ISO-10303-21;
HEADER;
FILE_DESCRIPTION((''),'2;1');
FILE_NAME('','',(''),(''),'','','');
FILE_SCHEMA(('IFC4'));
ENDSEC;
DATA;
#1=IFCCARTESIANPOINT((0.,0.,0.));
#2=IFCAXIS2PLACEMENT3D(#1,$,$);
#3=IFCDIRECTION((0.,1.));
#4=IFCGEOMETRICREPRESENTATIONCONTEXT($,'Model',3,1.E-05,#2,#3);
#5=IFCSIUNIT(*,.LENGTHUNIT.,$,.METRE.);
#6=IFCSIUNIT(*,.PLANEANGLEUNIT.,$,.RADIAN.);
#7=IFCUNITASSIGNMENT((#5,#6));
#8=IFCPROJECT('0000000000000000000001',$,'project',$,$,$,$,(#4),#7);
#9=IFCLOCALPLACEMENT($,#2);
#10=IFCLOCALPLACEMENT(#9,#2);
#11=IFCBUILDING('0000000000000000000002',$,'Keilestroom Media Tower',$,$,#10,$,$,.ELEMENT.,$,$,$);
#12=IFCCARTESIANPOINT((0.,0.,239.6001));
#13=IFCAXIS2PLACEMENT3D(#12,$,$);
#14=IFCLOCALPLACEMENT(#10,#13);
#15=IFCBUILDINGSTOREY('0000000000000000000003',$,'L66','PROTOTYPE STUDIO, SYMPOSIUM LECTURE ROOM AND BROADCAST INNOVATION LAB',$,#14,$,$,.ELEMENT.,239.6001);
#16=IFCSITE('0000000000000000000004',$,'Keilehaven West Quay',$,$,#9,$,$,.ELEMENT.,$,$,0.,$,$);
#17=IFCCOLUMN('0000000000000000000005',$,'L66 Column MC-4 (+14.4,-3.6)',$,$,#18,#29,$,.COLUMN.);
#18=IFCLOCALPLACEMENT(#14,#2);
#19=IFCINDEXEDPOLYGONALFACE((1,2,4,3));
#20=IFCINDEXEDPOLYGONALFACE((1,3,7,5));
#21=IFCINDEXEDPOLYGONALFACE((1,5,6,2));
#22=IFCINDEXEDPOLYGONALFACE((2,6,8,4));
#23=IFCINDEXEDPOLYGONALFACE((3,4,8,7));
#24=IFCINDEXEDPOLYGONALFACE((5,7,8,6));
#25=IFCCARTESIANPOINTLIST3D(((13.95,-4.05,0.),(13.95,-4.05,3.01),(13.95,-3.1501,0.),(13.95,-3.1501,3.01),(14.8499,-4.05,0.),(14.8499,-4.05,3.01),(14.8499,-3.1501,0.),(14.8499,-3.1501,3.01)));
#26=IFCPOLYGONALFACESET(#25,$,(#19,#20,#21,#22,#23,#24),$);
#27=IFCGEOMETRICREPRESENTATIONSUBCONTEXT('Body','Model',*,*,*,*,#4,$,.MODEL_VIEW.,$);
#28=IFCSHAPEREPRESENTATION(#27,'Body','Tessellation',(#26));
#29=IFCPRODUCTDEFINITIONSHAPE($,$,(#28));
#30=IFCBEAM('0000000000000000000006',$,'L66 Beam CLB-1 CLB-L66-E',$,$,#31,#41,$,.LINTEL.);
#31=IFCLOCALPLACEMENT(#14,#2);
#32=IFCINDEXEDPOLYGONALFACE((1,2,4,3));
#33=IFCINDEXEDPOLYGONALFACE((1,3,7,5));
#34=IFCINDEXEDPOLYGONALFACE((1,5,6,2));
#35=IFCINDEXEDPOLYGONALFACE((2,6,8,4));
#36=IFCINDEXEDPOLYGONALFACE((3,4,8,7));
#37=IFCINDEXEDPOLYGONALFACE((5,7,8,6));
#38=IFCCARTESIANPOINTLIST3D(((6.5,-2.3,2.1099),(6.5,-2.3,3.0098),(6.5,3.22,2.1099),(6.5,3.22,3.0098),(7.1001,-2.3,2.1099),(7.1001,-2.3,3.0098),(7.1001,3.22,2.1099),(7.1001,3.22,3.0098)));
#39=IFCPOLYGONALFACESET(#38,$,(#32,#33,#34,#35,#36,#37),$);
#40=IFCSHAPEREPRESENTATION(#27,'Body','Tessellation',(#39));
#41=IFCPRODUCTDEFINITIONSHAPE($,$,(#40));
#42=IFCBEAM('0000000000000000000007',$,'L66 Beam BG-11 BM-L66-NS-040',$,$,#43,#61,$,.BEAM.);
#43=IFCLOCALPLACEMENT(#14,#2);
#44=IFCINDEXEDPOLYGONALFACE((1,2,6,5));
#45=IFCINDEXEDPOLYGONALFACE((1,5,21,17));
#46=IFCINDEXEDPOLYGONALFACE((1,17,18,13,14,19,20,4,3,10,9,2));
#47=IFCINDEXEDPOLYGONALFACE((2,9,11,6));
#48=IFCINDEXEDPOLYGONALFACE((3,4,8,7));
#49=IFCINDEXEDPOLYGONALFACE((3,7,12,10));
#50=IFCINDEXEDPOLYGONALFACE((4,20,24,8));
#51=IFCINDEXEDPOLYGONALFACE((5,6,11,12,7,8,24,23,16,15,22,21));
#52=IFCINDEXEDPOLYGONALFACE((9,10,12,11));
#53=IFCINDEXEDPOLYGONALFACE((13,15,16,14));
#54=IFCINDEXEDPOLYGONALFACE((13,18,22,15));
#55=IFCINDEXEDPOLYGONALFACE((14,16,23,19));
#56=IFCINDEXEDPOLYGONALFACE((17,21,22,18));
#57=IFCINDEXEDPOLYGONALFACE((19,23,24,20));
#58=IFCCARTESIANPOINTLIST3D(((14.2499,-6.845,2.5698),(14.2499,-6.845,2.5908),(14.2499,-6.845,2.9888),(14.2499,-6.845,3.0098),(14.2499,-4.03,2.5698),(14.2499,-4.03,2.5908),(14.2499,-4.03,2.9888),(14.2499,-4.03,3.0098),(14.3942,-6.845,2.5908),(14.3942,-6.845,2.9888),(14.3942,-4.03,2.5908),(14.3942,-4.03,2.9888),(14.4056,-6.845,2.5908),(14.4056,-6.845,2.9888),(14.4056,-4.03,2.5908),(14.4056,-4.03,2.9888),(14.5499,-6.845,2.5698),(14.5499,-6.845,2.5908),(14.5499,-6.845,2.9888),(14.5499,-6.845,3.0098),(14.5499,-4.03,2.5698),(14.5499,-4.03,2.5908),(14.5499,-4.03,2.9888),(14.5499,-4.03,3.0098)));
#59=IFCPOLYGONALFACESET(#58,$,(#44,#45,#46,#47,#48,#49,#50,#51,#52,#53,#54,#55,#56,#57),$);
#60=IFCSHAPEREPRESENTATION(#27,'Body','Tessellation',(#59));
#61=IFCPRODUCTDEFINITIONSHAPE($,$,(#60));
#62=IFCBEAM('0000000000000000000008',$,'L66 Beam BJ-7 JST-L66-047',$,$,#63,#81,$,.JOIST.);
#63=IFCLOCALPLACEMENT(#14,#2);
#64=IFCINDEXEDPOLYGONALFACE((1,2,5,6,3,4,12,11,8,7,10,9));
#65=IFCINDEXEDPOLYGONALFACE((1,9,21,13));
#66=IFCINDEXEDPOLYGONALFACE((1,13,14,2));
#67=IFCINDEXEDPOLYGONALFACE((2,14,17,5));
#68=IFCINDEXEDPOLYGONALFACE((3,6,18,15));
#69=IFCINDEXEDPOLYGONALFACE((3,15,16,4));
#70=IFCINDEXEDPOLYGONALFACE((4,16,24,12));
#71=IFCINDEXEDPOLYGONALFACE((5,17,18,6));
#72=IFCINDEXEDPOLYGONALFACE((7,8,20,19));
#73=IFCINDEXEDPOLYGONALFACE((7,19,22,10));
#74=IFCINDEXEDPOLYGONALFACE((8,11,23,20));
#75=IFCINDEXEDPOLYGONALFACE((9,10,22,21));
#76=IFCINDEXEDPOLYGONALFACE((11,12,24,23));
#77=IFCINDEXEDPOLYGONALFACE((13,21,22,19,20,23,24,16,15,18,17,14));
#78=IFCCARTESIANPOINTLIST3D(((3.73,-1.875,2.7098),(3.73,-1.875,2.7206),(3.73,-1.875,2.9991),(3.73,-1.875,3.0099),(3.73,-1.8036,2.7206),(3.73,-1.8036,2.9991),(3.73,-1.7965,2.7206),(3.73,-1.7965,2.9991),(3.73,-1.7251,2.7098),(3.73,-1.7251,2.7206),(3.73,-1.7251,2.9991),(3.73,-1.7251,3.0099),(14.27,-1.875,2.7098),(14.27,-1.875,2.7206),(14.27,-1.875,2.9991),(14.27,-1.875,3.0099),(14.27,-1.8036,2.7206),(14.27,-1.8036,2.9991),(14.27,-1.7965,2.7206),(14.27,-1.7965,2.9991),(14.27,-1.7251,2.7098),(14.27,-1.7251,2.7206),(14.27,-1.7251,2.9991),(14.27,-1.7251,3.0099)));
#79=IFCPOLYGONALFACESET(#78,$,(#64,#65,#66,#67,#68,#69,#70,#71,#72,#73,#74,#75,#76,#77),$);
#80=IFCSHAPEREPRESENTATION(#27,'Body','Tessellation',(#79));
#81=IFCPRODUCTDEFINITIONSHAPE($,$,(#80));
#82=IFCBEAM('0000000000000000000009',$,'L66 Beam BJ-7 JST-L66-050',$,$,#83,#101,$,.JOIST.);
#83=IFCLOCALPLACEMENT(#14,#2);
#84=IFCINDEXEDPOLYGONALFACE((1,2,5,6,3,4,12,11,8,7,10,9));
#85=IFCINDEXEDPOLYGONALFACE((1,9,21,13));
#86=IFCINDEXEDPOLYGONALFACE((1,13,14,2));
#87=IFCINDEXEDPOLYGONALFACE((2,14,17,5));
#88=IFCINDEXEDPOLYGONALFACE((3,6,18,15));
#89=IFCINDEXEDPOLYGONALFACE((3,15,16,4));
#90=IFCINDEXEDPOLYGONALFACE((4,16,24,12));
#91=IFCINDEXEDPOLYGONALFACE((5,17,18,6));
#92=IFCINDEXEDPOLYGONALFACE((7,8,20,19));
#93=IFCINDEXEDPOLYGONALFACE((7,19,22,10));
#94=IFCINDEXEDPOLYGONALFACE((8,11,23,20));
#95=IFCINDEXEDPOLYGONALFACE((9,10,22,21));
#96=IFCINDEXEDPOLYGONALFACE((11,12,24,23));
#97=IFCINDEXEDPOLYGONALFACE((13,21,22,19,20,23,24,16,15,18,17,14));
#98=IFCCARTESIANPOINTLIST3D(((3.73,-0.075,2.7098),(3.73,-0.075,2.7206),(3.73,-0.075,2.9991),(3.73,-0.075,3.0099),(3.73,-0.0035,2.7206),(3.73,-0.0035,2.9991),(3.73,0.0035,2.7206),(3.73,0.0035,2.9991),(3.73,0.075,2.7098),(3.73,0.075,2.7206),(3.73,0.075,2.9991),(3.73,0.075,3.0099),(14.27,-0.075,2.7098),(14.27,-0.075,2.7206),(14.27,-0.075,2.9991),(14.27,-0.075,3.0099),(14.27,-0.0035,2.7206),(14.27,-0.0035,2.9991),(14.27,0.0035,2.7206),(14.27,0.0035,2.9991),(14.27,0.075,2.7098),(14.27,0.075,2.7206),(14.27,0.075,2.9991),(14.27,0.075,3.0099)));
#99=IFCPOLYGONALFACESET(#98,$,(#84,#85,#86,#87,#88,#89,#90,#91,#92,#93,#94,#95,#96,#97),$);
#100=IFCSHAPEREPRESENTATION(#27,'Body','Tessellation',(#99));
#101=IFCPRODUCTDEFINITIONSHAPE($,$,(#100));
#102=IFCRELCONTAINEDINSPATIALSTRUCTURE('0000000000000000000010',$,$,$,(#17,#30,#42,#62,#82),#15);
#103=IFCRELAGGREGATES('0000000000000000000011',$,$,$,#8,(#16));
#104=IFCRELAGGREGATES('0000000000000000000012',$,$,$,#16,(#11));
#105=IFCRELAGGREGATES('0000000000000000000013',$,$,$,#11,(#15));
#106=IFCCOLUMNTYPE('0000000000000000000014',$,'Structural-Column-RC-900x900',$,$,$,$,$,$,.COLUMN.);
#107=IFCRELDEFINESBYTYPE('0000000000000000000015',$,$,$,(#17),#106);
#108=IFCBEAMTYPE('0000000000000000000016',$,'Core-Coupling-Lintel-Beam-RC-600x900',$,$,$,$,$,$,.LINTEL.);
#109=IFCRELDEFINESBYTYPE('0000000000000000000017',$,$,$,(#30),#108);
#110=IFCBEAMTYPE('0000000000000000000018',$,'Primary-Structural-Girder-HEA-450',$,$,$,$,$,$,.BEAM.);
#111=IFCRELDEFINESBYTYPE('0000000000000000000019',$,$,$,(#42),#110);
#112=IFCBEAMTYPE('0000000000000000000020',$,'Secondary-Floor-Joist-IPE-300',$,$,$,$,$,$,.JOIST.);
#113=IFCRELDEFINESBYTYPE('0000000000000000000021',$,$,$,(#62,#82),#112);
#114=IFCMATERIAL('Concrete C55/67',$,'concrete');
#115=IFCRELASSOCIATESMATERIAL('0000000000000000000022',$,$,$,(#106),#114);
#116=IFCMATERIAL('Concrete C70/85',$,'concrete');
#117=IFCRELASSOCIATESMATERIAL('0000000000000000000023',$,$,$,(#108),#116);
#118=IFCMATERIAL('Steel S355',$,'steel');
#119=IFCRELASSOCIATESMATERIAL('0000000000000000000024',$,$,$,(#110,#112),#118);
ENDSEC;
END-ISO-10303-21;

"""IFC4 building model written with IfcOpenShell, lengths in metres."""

from ifc_helpers import new_model, si_unit, direction, frame, origin, origin_2d, place, context, subcontext, project, spatial, rectangle, i_section, extrude, source, transform, mapped, material, material_profile, profile_set, type_object, element, save


model = new_model("IFC4")

# Units and contexts
model_context = context("Model", 3, precision=1e-05, world=origin(), true_north=direction((0.0, 1.0)))
body_context = subcontext(model_context, "Body", "Model", "MODEL_VIEW")
ifc_project = project(units=[si_unit("LENGTHUNIT", "METRE"), si_unit("PLANEANGLEUNIT", "RADIAN")], contexts=[model_context])

# Site, building, storey
site_placement = place(None, origin())
site = spatial("IfcSite", under=ifc_project, at=site_placement, Name="Keilehaven West Quay", CompositionType="ELEMENT", RefElevation=0.0)
building_placement = place(site_placement, origin())
building = spatial("IfcBuilding", under=site, at=building_placement, Name="Keilestroom Media Tower", CompositionType="ELEMENT")
storey_placement = place(building_placement, frame((0.0, 0.0, 239.6001)))
storey = spatial("IfcBuildingStorey", under=building, at=storey_placement, Name="L66", Description="PROTOTYPE STUDIO, SYMPOSIUM LECTURE ROOM AND BROADCAST INNOVATION LAB", CompositionType="ELEMENT", Elevation=239.6001)

# Column
ifc_material_1 = material(Name="Concrete C55/67", Category="concrete")
ifc_material_profile_1 = material_profile(ifc_material_1, rectangle(XDim=0.8999, YDim=0.8999, at=origin_2d()), Name="RC 900x900")
ifc_profile_set_1 = profile_set([ifc_material_profile_1], Name="Concrete C55/67")
column_type = type_object("IfcColumnType", Name="Structural-Column-RC-900x900", PredefinedType="COLUMN", material=ifc_profile_set_1)
shared_shape_1 = source(origin(), body_context, "Body", "SweptSolid", [
    extrude(rectangle(XDim=0.8999, YDim=0.8999, at=origin_2d()), origin(), (0.0, 0.0, 1.0), 3.01),
])
column_placement = place(storey_placement, frame((14.3999, -3.6001, 0.0), z_axis=(0.0, 0.0, 1.0), x_axis=(1.0, 0.0, 0.0)))
element("IfcColumn", 1, at=column_placement, inside=storey, type_object=column_type, Name="L66 Column MC-4 (+14.4,-3.6)", PredefinedType="COLUMN", context=body_context, shape_type="MappedRepresentation", body=[
    mapped(shared_shape_1, transform((0.0, 0.0, 0.0), x_axis=(1.0, 0.0, 0.0), y_axis=(0.0, 1.0, 0.0), z_axis=(0.0, 0.0, 1.0), scale=1.0)),
])

# Beams
ifc_material_2 = material(Name="Concrete C70/85", Category="concrete")
ifc_material_profile_2 = material_profile(ifc_material_2, rectangle(XDim=0.6001, YDim=0.8999, at=origin_2d()), Name="RC 600x900")
ifc_profile_set_2 = profile_set([ifc_material_profile_2], Name="Concrete C70/85")
beam_type_1 = type_object("IfcBeamType", Name="Core-Coupling-Lintel-Beam-RC-600x900", PredefinedType="LINTEL", material=ifc_profile_set_2)
shared_shape_2 = source(origin(), body_context, "Body", "SweptSolid", [
    extrude(rectangle(XDim=0.6001, YDim=0.8999, at=origin_2d()), origin(), (0.0, 0.0, 1.0), 5.52),
])
beam_1_placement = place(storey_placement, frame((6.8, -2.3, 2.5598), z_axis=(0.0, 1.0, 0.0), x_axis=(-1.0, 0.0, 0.0)))
element("IfcBeam", 2, at=beam_1_placement, inside=storey, type_object=beam_type_1, Name="L66 Beam CLB-1 CLB-L66-E", PredefinedType="LINTEL", context=body_context, shape_type="MappedRepresentation", body=[
    mapped(shared_shape_2, transform((0.0, 0.0, 0.0), x_axis=(1.0, 0.0, 0.0), y_axis=(0.0, 1.0, 0.0), z_axis=(0.0, 0.0, 1.0), scale=1.0)),
])
ifc_material_3 = material(Name="Steel S355", Category="steel")
ifc_material_profile_3 = material_profile(ifc_material_3, i_section(OverallWidth=0.3, OverallDepth=0.4399, WebThickness=0.0115, FlangeThickness=0.021, at=origin_2d()), Name="HEA 450")
ifc_profile_set_3 = profile_set([ifc_material_profile_3], Name="Steel S355")
beam_type_2 = type_object("IfcBeamType", Name="Primary-Structural-Girder-HEA-450", PredefinedType="BEAM", material=ifc_profile_set_3)
shared_shape_3 = source(origin(), body_context, "Body", "SweptSolid", [
    extrude(i_section(OverallWidth=0.3, OverallDepth=0.4399, WebThickness=0.0115, FlangeThickness=0.021, at=origin_2d()), origin(), (0.0, 0.0, 1.0), 2.8149),
])
beam_2_placement = place(storey_placement, frame((14.3999, -6.845, 2.7898), z_axis=(0.0, 1.0, 0.0), x_axis=(-1.0, 0.0, 0.0)))
element("IfcBeam", 3, at=beam_2_placement, inside=storey, type_object=beam_type_2, Name="L66 Beam BG-11 BM-L66-NS-040", PredefinedType="BEAM", context=body_context, shape_type="MappedRepresentation", body=[
    mapped(shared_shape_3, transform((0.0, 0.0, 0.0), x_axis=(1.0, 0.0, 0.0), y_axis=(0.0, 1.0, 0.0), z_axis=(0.0, 0.0, 1.0), scale=1.0)),
])
ifc_material_profile_4 = material_profile(ifc_material_3, i_section(OverallWidth=0.1499, OverallDepth=0.3, WebThickness=0.0071, FlangeThickness=0.0107, at=origin_2d()), Name="IPE 300")
ifc_profile_set_4 = profile_set([ifc_material_profile_4], Name="Steel S355")
beam_type_3 = type_object("IfcBeamType", Name="Secondary-Floor-Joist-IPE-300", PredefinedType="JOIST", material=ifc_profile_set_4)
shared_shape_4 = source(origin(), body_context, "Body", "SweptSolid", [
    extrude(i_section(OverallWidth=0.1499, OverallDepth=0.3, WebThickness=0.0071, FlangeThickness=0.0107, at=origin_2d()), origin(), (0.0, 0.0, 1.0), 10.54),
])
for number, where, z_axis, x_axis, name in (
    (4, (3.73, -1.8, 2.8599), (1.0, 0.0, 0.0), (0.0, 1.0, 0.0), "L66 Beam BJ-7 JST-L66-047"),
    (5, (3.73, 0.0, 2.8599), (1.0, 0.0, 0.0), (0.0, 1.0, 0.0), "L66 Beam BJ-7 JST-L66-050"),
):
    element("IfcBeam", number, at=place(storey_placement, frame(where, z_axis=z_axis, x_axis=x_axis)), inside=storey, type_object=beam_type_3, Name=name, PredefinedType="JOIST", context=body_context, shape_type="MappedRepresentation", body=[
        mapped(shared_shape_4, transform((0.0, 0.0, 0.0), x_axis=(1.0, 0.0, 0.0), y_axis=(0.0, 1.0, 0.0), z_axis=(0.0, 0.0, 1.0), scale=1.0)),
    ])

save(model, "model.ifc")
